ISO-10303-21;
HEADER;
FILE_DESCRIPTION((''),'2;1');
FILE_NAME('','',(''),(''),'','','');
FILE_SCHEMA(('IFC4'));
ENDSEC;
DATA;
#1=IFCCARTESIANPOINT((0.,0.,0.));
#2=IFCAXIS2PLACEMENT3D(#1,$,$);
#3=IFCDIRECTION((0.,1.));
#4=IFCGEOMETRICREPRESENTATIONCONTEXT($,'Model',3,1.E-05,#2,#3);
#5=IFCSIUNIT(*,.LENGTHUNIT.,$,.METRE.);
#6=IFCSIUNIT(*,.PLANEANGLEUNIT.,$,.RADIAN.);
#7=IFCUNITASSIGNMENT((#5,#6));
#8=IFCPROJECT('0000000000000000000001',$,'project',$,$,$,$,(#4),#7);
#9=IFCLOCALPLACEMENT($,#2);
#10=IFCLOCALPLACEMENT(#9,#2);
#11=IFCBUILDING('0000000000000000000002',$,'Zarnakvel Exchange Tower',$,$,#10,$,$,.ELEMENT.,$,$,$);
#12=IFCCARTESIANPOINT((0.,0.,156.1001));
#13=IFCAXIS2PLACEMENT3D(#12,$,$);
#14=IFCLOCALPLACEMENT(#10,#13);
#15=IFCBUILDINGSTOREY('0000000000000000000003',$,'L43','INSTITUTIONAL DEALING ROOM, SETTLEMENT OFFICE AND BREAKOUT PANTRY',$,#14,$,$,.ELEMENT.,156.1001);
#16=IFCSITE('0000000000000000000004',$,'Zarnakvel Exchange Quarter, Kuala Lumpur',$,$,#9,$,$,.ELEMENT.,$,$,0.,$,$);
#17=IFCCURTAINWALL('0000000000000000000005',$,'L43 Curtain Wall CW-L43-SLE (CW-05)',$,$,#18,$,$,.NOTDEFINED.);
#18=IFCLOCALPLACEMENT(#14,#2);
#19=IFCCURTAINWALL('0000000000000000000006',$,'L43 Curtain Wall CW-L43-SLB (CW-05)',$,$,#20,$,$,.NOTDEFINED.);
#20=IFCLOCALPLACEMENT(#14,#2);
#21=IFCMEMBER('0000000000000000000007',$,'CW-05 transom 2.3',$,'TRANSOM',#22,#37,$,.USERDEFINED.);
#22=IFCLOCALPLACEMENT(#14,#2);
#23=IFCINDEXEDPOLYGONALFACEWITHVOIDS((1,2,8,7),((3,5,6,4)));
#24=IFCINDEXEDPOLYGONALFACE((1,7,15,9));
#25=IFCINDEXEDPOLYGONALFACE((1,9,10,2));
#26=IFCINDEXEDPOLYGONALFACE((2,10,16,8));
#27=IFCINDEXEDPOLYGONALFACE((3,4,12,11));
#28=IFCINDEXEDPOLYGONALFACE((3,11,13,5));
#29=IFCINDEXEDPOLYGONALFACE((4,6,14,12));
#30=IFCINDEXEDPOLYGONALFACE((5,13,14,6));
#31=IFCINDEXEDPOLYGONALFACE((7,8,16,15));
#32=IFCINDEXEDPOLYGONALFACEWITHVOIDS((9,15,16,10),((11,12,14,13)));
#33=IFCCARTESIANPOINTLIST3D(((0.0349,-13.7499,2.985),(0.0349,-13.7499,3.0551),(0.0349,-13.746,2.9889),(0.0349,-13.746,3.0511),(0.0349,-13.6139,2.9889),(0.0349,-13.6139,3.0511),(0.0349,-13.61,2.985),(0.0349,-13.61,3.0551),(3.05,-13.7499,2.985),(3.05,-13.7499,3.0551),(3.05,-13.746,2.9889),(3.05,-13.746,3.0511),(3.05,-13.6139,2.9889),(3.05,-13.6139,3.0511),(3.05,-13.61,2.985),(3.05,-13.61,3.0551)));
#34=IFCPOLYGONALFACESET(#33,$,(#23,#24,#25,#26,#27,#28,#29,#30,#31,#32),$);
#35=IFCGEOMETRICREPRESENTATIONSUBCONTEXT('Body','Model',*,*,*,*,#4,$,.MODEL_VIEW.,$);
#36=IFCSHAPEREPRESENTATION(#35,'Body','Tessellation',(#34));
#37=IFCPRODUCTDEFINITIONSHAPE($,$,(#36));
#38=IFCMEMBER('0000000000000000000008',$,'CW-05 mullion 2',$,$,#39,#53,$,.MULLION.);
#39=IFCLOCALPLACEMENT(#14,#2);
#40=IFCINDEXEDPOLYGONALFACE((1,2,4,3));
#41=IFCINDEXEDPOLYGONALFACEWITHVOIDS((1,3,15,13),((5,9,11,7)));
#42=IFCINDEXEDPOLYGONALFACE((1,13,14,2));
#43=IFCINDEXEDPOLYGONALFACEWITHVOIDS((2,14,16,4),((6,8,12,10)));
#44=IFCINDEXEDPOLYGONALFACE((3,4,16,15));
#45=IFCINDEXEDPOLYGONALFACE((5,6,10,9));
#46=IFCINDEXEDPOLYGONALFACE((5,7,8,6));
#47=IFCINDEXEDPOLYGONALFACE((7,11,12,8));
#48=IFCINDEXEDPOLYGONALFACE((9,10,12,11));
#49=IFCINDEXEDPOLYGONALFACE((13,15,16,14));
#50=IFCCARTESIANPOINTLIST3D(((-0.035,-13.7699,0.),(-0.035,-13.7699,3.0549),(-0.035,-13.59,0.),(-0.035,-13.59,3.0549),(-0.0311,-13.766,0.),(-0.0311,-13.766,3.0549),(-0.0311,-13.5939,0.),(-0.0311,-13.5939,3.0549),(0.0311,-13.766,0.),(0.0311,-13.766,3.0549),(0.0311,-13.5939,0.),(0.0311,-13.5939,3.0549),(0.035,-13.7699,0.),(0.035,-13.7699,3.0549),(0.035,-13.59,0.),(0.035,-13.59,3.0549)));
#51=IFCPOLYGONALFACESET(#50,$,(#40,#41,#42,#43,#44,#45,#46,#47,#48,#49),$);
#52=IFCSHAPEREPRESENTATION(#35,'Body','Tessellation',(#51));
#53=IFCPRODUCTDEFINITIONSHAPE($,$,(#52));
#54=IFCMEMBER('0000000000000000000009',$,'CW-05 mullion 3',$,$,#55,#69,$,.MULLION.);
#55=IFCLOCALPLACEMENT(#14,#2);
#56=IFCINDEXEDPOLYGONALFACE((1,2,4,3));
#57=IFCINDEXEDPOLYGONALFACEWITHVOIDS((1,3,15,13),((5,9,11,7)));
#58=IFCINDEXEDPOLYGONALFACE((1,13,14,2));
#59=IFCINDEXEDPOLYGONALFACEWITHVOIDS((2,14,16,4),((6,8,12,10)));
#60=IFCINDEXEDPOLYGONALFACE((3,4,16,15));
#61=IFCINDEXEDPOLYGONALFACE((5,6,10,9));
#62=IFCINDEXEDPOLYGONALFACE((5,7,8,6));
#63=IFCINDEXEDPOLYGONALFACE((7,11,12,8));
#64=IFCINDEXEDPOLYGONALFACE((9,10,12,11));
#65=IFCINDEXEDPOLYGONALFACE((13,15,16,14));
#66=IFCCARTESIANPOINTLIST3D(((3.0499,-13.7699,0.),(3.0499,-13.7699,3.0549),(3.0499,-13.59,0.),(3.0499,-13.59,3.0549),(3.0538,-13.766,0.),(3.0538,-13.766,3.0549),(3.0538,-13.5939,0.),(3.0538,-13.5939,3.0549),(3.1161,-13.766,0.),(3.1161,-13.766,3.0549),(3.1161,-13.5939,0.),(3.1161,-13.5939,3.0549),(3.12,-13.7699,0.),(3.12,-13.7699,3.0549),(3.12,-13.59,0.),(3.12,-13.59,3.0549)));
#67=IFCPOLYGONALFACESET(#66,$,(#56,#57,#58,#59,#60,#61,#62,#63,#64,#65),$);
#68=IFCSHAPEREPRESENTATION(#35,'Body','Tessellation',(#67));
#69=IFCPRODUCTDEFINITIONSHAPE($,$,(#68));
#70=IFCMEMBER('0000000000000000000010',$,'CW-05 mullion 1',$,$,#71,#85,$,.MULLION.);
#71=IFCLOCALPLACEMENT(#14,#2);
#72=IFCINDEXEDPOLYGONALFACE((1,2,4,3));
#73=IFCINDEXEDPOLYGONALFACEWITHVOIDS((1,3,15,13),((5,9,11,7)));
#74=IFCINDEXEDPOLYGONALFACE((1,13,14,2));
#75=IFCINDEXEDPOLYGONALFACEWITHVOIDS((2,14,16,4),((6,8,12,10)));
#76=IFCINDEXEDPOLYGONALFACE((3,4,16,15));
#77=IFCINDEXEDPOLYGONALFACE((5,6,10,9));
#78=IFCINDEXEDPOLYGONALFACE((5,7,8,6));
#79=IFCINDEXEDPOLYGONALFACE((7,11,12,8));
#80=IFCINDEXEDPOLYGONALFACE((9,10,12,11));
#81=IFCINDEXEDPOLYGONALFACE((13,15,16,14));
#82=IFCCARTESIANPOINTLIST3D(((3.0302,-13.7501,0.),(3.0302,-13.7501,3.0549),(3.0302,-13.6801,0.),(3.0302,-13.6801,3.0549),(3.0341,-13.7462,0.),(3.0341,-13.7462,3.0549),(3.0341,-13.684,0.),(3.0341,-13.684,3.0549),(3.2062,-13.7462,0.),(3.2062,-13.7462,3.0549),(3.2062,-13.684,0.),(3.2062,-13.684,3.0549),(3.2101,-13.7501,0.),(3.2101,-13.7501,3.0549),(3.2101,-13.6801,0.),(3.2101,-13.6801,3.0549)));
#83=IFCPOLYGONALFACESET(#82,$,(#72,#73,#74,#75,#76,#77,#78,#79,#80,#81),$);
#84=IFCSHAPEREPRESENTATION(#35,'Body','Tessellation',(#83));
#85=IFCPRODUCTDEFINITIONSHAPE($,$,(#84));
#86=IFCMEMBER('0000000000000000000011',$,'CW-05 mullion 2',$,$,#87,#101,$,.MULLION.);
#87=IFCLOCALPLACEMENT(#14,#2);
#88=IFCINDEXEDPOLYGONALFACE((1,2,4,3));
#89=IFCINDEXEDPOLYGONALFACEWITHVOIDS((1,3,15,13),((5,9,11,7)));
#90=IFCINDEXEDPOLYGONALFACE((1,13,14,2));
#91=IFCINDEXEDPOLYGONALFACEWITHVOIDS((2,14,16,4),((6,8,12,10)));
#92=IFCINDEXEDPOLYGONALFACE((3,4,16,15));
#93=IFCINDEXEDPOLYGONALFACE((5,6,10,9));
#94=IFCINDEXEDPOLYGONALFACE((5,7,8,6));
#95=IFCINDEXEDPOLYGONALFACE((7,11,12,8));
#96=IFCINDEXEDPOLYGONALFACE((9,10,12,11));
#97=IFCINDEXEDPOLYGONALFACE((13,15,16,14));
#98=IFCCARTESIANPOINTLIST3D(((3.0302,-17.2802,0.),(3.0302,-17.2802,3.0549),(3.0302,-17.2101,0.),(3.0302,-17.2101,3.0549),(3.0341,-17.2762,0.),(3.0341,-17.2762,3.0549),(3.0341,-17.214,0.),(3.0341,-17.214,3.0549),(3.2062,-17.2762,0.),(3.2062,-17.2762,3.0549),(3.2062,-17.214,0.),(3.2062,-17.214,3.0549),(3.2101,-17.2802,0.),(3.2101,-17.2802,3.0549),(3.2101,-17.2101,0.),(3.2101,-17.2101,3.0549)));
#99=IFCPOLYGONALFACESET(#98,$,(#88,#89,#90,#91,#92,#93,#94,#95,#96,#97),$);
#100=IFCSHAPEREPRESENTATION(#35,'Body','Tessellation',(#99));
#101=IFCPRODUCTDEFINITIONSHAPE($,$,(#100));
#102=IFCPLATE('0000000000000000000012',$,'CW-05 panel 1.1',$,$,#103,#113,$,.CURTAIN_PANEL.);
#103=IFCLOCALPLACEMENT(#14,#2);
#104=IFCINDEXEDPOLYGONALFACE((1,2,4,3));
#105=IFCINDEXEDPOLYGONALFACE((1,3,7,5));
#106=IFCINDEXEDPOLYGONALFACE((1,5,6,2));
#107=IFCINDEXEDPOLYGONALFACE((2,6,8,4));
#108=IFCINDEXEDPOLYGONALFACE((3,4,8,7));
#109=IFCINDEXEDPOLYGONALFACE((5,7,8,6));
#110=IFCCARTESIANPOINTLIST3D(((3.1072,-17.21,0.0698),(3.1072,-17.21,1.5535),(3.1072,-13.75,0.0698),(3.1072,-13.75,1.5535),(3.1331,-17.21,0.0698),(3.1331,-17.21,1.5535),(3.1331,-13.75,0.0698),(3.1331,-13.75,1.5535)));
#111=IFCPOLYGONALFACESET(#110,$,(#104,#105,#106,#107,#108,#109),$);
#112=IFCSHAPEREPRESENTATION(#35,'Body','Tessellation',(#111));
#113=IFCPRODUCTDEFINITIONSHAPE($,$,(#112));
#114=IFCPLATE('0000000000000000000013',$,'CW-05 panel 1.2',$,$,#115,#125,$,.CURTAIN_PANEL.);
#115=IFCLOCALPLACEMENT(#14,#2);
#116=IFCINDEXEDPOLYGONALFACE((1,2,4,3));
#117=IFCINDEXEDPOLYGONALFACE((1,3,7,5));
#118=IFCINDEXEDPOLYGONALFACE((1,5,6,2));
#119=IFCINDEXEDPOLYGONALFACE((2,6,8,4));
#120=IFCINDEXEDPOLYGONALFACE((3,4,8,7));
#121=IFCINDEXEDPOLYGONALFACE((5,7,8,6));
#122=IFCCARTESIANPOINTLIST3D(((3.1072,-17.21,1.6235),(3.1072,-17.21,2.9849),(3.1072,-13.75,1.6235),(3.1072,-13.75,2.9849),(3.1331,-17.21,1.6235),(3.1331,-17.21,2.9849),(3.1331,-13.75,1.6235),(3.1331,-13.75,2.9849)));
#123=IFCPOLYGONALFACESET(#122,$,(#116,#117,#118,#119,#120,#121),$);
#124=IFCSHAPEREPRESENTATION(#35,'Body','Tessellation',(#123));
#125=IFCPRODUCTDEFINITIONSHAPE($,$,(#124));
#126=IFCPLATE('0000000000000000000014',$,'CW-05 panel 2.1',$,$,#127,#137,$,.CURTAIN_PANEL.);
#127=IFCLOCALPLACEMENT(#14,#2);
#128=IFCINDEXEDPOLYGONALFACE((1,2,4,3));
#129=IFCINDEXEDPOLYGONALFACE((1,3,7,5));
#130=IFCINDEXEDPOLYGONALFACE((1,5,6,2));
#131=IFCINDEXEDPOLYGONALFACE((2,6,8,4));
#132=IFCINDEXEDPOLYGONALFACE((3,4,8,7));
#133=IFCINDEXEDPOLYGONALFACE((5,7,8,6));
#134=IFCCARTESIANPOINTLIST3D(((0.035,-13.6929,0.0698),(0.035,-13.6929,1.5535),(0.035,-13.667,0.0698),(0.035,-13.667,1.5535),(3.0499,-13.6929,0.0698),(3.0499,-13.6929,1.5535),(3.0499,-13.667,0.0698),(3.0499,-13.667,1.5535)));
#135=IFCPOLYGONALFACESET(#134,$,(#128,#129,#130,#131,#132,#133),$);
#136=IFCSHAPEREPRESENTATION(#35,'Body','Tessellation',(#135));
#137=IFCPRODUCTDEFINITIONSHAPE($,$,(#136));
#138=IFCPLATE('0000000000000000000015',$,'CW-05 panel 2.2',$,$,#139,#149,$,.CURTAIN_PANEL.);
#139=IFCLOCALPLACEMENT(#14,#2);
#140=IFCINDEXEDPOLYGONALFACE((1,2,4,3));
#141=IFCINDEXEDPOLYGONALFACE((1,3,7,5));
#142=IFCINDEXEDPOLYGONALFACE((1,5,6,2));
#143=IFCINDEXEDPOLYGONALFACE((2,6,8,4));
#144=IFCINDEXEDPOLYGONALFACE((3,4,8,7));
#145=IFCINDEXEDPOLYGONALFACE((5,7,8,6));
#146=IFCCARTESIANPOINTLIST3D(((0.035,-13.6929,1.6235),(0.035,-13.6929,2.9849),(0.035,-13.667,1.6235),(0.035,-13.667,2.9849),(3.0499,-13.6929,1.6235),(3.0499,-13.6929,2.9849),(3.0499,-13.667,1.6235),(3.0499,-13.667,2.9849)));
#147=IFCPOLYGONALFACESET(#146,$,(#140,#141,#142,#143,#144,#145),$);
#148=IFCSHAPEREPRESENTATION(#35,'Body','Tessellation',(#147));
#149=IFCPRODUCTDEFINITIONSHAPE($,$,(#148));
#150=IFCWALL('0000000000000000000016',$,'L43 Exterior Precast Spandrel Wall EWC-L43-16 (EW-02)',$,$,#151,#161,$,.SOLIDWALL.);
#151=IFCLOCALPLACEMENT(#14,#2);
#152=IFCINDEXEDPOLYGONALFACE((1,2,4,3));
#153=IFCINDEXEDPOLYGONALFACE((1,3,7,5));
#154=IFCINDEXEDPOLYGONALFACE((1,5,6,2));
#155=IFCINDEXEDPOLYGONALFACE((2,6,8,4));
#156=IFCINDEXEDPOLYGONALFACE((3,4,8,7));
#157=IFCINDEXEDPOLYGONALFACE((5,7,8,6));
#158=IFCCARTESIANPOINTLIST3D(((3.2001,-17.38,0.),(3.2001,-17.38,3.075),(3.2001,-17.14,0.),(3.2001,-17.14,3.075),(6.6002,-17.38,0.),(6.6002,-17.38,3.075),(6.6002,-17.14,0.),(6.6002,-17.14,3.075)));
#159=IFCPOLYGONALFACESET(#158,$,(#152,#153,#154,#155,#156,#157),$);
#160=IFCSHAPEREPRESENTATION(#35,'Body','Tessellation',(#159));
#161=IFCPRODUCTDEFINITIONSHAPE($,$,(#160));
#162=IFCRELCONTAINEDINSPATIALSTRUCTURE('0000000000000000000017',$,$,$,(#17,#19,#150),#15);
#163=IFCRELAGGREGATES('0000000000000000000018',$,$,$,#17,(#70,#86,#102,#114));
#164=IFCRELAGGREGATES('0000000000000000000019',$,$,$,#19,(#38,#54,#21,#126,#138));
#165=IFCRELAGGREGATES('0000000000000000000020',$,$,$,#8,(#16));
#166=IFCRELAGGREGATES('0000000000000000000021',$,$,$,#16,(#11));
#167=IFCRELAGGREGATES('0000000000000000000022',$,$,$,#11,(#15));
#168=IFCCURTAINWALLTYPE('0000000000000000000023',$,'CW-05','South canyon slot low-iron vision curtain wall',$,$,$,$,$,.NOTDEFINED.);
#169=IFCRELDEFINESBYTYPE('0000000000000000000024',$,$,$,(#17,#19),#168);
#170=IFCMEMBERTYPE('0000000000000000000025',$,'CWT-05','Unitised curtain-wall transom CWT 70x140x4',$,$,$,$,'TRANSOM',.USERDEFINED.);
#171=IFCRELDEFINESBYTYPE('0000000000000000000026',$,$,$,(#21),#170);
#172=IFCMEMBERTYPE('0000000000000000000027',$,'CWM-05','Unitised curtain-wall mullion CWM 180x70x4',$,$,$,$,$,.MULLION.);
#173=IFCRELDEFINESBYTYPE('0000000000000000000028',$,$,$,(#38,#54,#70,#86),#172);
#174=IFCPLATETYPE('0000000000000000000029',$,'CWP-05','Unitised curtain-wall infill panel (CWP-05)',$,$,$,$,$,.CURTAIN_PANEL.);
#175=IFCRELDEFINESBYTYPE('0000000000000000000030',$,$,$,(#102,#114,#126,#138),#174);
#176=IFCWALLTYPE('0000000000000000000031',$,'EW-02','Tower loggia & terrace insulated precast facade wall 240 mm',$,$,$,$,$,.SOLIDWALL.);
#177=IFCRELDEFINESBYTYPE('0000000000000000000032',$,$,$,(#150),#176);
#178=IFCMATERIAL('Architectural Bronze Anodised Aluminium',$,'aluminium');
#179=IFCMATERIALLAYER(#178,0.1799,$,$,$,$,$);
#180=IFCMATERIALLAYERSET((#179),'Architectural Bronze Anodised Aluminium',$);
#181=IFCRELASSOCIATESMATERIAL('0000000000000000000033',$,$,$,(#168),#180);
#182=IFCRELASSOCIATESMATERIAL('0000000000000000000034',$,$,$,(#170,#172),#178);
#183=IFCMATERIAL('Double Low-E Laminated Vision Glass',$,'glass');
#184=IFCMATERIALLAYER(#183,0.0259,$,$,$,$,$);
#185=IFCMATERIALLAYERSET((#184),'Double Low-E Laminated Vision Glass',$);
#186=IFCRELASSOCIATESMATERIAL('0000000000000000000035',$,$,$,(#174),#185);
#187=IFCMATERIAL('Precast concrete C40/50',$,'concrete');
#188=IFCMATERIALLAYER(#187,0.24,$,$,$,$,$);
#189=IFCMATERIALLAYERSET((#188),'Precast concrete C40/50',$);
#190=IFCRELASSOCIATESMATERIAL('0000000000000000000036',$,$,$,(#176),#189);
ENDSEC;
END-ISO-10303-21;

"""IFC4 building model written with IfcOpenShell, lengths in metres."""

from ifc_helpers import new_model, si_unit, direction, frame, frame_2d, origin, origin_2d, place, context, subcontext, project, spatial, rectangle, hollow_rectangle, extrude, source, transform, mapped, material, layer, layer_set, material_profile, profile_set, type_object, element, aggregate, save


model = new_model("IFC4")

# Units and contexts
model_context = context("Model", 3, precision=1e-05, world=origin(), true_north=direction((0.0, 1.0)))
body_context = subcontext(model_context, "Body", "Model", "MODEL_VIEW")
ifc_project = project(units=[si_unit("LENGTHUNIT", "METRE"), si_unit("PLANEANGLEUNIT", "RADIAN")], contexts=[model_context])

# Site, building, storey
site_placement = place(None, origin())
site = spatial("IfcSite", under=ifc_project, at=site_placement, Name="Zarnakvel Exchange Quarter, Kuala Lumpur", CompositionType="ELEMENT", RefElevation=0.0)
building_placement = place(site_placement, origin())
building = spatial("IfcBuilding", under=site, at=building_placement, Name="Zarnakvel Exchange Tower", CompositionType="ELEMENT")
storey_placement = place(building_placement, frame((0.0, 0.0, 156.1001)))
storey = spatial("IfcBuildingStorey", under=building, at=storey_placement, Name="L43", Description="INSTITUTIONAL DEALING ROOM, SETTLEMENT OFFICE AND BREAKOUT PANTRY", CompositionType="ELEMENT", Elevation=156.1001)

# Curtain walls, members
ifc_material_1 = material(Name="Architectural Bronze Anodised Aluminium", Category="aluminium")
ifc_layer_1 = layer(ifc_material_1, 0.1799)
ifc_layer_set_1 = layer_set([ifc_layer_1], Name="Architectural Bronze Anodised Aluminium")
curtain_wall_type = type_object("IfcCurtainWallType", Name="CW-05", Description="South canyon slot low-iron vision curtain wall", PredefinedType="NOTDEFINED", material=ifc_layer_set_1)
curtain_wall_1_placement = place(storey_placement, origin())
curtain_wall_1 = element("IfcCurtainWall", 1, at=curtain_wall_1_placement, inside=storey, type_object=curtain_wall_type, Name="L43 Curtain Wall CW-L43-SLE (CW-05)", PredefinedType="NOTDEFINED")
ifc_material_profile_1 = material_profile(ifc_material_1, hollow_rectangle(XDim=0.1399, YDim=0.0701, WallThickness=0.0039, at=origin_2d()))
ifc_profile_set_1 = profile_set([ifc_material_profile_1], Name="Architectural Bronze Anodised Aluminium")
member_type_1 = type_object("IfcMemberType", Name="CWT-05", Description="Unitised curtain-wall transom CWT 70x140x4", ElementType="TRANSOM", PredefinedType="USERDEFINED", material=ifc_profile_set_1)
curtain_wall_2_placement = place(storey_placement, origin())
curtain_wall_2 = element("IfcCurtainWall", 2, at=curtain_wall_2_placement, inside=storey, type_object=curtain_wall_type, Name="L43 Curtain Wall CW-L43-SLB (CW-05)", PredefinedType="NOTDEFINED")
shared_shape_1 = source(origin(), body_context, "Body", "SweptSolid", [
    extrude(hollow_rectangle(XDim=0.1399, YDim=0.0701, WallThickness=0.0039, at=origin_2d()), origin(), (0.0, 0.0, 1.0), 3.0151),
])
member_1_placement = place(storey_placement, frame((0.0349, -13.6799, 3.02), z_axis=(1.0, 0.0, 0.0), x_axis=(0.0, 1.0, 0.0)))
member_1 = element("IfcMember", 3, at=member_1_placement, type_object=member_type_1, Name="CW-05 transom 2.3", ObjectType="TRANSOM", PredefinedType="USERDEFINED", context=body_context, shape_type="MappedRepresentation", body=[
    mapped(shared_shape_1, transform((0.0, 0.0, 0.0), x_axis=(1.0, 0.0, 0.0), y_axis=(0.0, 1.0, 0.0), z_axis=(0.0, 0.0, 1.0), scale=1.0)),
])
ifc_material_profile_2 = material_profile(ifc_material_1, hollow_rectangle(XDim=0.1799, YDim=0.0701, WallThickness=0.0039, at=origin_2d()))
ifc_profile_set_2 = profile_set([ifc_material_profile_2], Name="Architectural Bronze Anodised Aluminium")
member_type_2 = type_object("IfcMemberType", Name="CWM-05", Description="Unitised curtain-wall mullion CWM 180x70x4", PredefinedType="MULLION", material=ifc_profile_set_2)
shared_shape_2 = source(origin(), body_context, "Body", "SweptSolid", [
    extrude(hollow_rectangle(XDim=0.1799, YDim=0.0701, WallThickness=0.0039, at=origin_2d()), origin(), (0.0, 0.0, 1.0), 3.0549),
])
member_2_placement = place(storey_placement, frame((0.0, -13.6799, 0.0), z_axis=(0.0, 0.0, 1.0), x_axis=(0.0, 1.0, 0.0)))
member_2 = element("IfcMember", 4, at=member_2_placement, type_object=member_type_2, Name="CW-05 mullion 2", PredefinedType="MULLION", context=body_context, shape_type="MappedRepresentation", body=[
    mapped(shared_shape_2, transform((0.0, 0.0, 0.0), x_axis=(1.0, 0.0, 0.0), y_axis=(0.0, 1.0, 0.0), z_axis=(0.0, 0.0, 1.0), scale=1.0)),
])
member_3_placement = place(storey_placement, frame((3.085, -13.6799, 0.0), z_axis=(0.0, 0.0, 1.0), x_axis=(0.0, 1.0, 0.0)))
member_3 = element("IfcMember", 5, at=member_3_placement, type_object=member_type_2, Name="CW-05 mullion 3", PredefinedType="MULLION", context=body_context, shape_type="MappedRepresentation", body=[
    mapped(shared_shape_2, transform((0.0, 0.0, 0.0), x_axis=(1.0, 0.0, 0.0), y_axis=(0.0, 1.0, 0.0), z_axis=(0.0, 0.0, 1.0), scale=1.0)),
])

# Members
member_4_placement = place(storey_placement, frame((3.1201, -13.7151, 0.0), z_axis=(0.0, 0.0, 1.0), x_axis=(1.0, 0.0, 0.0)))
member_4 = element("IfcMember", 6, at=member_4_placement, type_object=member_type_2, Name="CW-05 mullion 1", PredefinedType="MULLION", context=body_context, shape_type="MappedRepresentation", body=[
    mapped(shared_shape_2, transform((0.0, 0.0, 0.0), x_axis=(1.0, 0.0, 0.0), y_axis=(0.0, 1.0, 0.0), z_axis=(0.0, 0.0, 1.0), scale=1.0)),
])
member_5_placement = place(storey_placement, frame((3.1201, -17.2451, 0.0), z_axis=(0.0, 0.0, 1.0), x_axis=(1.0, 0.0, 0.0)))
member_5 = element("IfcMember", 7, at=member_5_placement, type_object=member_type_2, Name="CW-05 mullion 2", PredefinedType="MULLION", context=body_context, shape_type="MappedRepresentation", body=[
    mapped(shared_shape_2, transform((0.0, 0.0, 0.0), x_axis=(1.0, 0.0, 0.0), y_axis=(0.0, 1.0, 0.0), z_axis=(0.0, 0.0, 1.0), scale=1.0)),
])

# Plates
ifc_material_2 = material(Name="Double Low-E Laminated Vision Glass", Category="glass")
ifc_layer_2 = layer(ifc_material_2, 0.0259)
ifc_layer_set_2 = layer_set([ifc_layer_2], Name="Double Low-E Laminated Vision Glass")
plate_type = type_object("IfcPlateType", Name="CWP-05", Description="Unitised curtain-wall infill panel (CWP-05)", PredefinedType="CURTAIN_PANEL", material=ifc_layer_set_2)
shared_shape_3 = source(origin(), body_context, "Body", "SweptSolid", [
    extrude(rectangle(XDim=3.46, YDim=0.0259, at=origin_2d()), origin(), (0.0, 0.0, 1.0), 1.4836),
])
plate_1_placement = place(storey_placement, frame((3.1201, -15.48, 0.0698), z_axis=(0.0, 0.0, 1.0), x_axis=(0.0, -1.0, 0.0)))
plate_1 = element("IfcPlate", 8, at=plate_1_placement, type_object=plate_type, Name="CW-05 panel 1.1", PredefinedType="CURTAIN_PANEL", context=body_context, shape_type="MappedRepresentation", body=[
    mapped(shared_shape_3, transform((0.0, 0.0, 0.0), x_axis=(1.0, 0.0, 0.0), y_axis=(0.0, 1.0, 0.0), z_axis=(0.0, 0.0, 1.0), scale=1.0)),
])
shared_shape_4 = source(origin(), body_context, "Body", "SweptSolid", [
    extrude(rectangle(XDim=3.46, YDim=0.0259, at=origin_2d()), origin(), (0.0, 0.0, 1.0), 1.3613),
])
plate_2_placement = place(storey_placement, frame((3.1201, -15.48, 1.6235), z_axis=(0.0, 0.0, 1.0), x_axis=(0.0, -1.0, 0.0)))
plate_2 = element("IfcPlate", 9, at=plate_2_placement, type_object=plate_type, Name="CW-05 panel 1.2", PredefinedType="CURTAIN_PANEL", context=body_context, shape_type="MappedRepresentation", body=[
    mapped(shared_shape_4, transform((0.0, 0.0, 0.0), x_axis=(1.0, 0.0, 0.0), y_axis=(0.0, 1.0, 0.0), z_axis=(0.0, 0.0, 1.0), scale=1.0)),
])
aggregate(curtain_wall_1, [member_4, member_5, plate_1, plate_2])
shared_shape_5 = source(origin(), body_context, "Body", "SweptSolid", [
    extrude(rectangle(XDim=3.0149, YDim=0.0259, at=origin_2d()), origin(), (0.0, 0.0, 1.0), 1.4836),
])
plate_3_placement = place(storey_placement, frame((1.5425, -13.6799, 0.0698), z_axis=(0.0, 0.0, 1.0), x_axis=(1.0, 0.0, 0.0)))
plate_3 = element("IfcPlate", 10, at=plate_3_placement, type_object=plate_type, Name="CW-05 panel 2.1", PredefinedType="CURTAIN_PANEL", context=body_context, shape_type="MappedRepresentation", body=[
    mapped(shared_shape_5, transform((0.0, 0.0, 0.0), x_axis=(1.0, 0.0, 0.0), y_axis=(0.0, 1.0, 0.0), z_axis=(0.0, 0.0, 1.0), scale=1.0)),
])
shared_shape_6 = source(origin(), body_context, "Body", "SweptSolid", [
    extrude(rectangle(XDim=3.0149, YDim=0.0259, at=origin_2d()), origin(), (0.0, 0.0, 1.0), 1.3613),
])
plate_4_placement = place(storey_placement, frame((1.5425, -13.6799, 1.6235), z_axis=(0.0, 0.0, 1.0), x_axis=(1.0, 0.0, 0.0)))
plate_4 = element("IfcPlate", 11, at=plate_4_placement, type_object=plate_type, Name="CW-05 panel 2.2", PredefinedType="CURTAIN_PANEL", context=body_context, shape_type="MappedRepresentation", body=[
    mapped(shared_shape_6, transform((0.0, 0.0, 0.0), x_axis=(1.0, 0.0, 0.0), y_axis=(0.0, 1.0, 0.0), z_axis=(0.0, 0.0, 1.0), scale=1.0)),
])
aggregate(curtain_wall_2, [member_2, member_3, member_1, plate_3, plate_4])

# Wall
ifc_material_3 = material(Name="Precast concrete C40/50", Category="concrete")
ifc_layer_3 = layer(ifc_material_3, 0.24)
ifc_layer_set_3 = layer_set([ifc_layer_3], Name="Precast concrete C40/50")
wall_type = type_object("IfcWallType", Name="EW-02", Description="Tower loggia & terrace insulated precast facade wall 240 mm", PredefinedType="SOLIDWALL", material=ifc_layer_set_3)
wall_placement = place(storey_placement, frame((3.2, -17.26, 0.0), z_axis=(0.0, 0.0, 1.0), x_axis=(1.0, 0.0, 0.0)))
element("IfcWall", 12, at=wall_placement, inside=storey, type_object=wall_type, Name="L43 Exterior Precast Spandrel Wall EWC-L43-16 (EW-02)", PredefinedType="SOLIDWALL", context=body_context, shape_type="SweptSolid", body=[
    extrude(rectangle(XDim=3.4001, YDim=0.24, at=frame_2d((1.7002, 0.0))), origin(), (0.0, 0.0, 1.0), 3.075),
])

save(model, "model.ifc")
